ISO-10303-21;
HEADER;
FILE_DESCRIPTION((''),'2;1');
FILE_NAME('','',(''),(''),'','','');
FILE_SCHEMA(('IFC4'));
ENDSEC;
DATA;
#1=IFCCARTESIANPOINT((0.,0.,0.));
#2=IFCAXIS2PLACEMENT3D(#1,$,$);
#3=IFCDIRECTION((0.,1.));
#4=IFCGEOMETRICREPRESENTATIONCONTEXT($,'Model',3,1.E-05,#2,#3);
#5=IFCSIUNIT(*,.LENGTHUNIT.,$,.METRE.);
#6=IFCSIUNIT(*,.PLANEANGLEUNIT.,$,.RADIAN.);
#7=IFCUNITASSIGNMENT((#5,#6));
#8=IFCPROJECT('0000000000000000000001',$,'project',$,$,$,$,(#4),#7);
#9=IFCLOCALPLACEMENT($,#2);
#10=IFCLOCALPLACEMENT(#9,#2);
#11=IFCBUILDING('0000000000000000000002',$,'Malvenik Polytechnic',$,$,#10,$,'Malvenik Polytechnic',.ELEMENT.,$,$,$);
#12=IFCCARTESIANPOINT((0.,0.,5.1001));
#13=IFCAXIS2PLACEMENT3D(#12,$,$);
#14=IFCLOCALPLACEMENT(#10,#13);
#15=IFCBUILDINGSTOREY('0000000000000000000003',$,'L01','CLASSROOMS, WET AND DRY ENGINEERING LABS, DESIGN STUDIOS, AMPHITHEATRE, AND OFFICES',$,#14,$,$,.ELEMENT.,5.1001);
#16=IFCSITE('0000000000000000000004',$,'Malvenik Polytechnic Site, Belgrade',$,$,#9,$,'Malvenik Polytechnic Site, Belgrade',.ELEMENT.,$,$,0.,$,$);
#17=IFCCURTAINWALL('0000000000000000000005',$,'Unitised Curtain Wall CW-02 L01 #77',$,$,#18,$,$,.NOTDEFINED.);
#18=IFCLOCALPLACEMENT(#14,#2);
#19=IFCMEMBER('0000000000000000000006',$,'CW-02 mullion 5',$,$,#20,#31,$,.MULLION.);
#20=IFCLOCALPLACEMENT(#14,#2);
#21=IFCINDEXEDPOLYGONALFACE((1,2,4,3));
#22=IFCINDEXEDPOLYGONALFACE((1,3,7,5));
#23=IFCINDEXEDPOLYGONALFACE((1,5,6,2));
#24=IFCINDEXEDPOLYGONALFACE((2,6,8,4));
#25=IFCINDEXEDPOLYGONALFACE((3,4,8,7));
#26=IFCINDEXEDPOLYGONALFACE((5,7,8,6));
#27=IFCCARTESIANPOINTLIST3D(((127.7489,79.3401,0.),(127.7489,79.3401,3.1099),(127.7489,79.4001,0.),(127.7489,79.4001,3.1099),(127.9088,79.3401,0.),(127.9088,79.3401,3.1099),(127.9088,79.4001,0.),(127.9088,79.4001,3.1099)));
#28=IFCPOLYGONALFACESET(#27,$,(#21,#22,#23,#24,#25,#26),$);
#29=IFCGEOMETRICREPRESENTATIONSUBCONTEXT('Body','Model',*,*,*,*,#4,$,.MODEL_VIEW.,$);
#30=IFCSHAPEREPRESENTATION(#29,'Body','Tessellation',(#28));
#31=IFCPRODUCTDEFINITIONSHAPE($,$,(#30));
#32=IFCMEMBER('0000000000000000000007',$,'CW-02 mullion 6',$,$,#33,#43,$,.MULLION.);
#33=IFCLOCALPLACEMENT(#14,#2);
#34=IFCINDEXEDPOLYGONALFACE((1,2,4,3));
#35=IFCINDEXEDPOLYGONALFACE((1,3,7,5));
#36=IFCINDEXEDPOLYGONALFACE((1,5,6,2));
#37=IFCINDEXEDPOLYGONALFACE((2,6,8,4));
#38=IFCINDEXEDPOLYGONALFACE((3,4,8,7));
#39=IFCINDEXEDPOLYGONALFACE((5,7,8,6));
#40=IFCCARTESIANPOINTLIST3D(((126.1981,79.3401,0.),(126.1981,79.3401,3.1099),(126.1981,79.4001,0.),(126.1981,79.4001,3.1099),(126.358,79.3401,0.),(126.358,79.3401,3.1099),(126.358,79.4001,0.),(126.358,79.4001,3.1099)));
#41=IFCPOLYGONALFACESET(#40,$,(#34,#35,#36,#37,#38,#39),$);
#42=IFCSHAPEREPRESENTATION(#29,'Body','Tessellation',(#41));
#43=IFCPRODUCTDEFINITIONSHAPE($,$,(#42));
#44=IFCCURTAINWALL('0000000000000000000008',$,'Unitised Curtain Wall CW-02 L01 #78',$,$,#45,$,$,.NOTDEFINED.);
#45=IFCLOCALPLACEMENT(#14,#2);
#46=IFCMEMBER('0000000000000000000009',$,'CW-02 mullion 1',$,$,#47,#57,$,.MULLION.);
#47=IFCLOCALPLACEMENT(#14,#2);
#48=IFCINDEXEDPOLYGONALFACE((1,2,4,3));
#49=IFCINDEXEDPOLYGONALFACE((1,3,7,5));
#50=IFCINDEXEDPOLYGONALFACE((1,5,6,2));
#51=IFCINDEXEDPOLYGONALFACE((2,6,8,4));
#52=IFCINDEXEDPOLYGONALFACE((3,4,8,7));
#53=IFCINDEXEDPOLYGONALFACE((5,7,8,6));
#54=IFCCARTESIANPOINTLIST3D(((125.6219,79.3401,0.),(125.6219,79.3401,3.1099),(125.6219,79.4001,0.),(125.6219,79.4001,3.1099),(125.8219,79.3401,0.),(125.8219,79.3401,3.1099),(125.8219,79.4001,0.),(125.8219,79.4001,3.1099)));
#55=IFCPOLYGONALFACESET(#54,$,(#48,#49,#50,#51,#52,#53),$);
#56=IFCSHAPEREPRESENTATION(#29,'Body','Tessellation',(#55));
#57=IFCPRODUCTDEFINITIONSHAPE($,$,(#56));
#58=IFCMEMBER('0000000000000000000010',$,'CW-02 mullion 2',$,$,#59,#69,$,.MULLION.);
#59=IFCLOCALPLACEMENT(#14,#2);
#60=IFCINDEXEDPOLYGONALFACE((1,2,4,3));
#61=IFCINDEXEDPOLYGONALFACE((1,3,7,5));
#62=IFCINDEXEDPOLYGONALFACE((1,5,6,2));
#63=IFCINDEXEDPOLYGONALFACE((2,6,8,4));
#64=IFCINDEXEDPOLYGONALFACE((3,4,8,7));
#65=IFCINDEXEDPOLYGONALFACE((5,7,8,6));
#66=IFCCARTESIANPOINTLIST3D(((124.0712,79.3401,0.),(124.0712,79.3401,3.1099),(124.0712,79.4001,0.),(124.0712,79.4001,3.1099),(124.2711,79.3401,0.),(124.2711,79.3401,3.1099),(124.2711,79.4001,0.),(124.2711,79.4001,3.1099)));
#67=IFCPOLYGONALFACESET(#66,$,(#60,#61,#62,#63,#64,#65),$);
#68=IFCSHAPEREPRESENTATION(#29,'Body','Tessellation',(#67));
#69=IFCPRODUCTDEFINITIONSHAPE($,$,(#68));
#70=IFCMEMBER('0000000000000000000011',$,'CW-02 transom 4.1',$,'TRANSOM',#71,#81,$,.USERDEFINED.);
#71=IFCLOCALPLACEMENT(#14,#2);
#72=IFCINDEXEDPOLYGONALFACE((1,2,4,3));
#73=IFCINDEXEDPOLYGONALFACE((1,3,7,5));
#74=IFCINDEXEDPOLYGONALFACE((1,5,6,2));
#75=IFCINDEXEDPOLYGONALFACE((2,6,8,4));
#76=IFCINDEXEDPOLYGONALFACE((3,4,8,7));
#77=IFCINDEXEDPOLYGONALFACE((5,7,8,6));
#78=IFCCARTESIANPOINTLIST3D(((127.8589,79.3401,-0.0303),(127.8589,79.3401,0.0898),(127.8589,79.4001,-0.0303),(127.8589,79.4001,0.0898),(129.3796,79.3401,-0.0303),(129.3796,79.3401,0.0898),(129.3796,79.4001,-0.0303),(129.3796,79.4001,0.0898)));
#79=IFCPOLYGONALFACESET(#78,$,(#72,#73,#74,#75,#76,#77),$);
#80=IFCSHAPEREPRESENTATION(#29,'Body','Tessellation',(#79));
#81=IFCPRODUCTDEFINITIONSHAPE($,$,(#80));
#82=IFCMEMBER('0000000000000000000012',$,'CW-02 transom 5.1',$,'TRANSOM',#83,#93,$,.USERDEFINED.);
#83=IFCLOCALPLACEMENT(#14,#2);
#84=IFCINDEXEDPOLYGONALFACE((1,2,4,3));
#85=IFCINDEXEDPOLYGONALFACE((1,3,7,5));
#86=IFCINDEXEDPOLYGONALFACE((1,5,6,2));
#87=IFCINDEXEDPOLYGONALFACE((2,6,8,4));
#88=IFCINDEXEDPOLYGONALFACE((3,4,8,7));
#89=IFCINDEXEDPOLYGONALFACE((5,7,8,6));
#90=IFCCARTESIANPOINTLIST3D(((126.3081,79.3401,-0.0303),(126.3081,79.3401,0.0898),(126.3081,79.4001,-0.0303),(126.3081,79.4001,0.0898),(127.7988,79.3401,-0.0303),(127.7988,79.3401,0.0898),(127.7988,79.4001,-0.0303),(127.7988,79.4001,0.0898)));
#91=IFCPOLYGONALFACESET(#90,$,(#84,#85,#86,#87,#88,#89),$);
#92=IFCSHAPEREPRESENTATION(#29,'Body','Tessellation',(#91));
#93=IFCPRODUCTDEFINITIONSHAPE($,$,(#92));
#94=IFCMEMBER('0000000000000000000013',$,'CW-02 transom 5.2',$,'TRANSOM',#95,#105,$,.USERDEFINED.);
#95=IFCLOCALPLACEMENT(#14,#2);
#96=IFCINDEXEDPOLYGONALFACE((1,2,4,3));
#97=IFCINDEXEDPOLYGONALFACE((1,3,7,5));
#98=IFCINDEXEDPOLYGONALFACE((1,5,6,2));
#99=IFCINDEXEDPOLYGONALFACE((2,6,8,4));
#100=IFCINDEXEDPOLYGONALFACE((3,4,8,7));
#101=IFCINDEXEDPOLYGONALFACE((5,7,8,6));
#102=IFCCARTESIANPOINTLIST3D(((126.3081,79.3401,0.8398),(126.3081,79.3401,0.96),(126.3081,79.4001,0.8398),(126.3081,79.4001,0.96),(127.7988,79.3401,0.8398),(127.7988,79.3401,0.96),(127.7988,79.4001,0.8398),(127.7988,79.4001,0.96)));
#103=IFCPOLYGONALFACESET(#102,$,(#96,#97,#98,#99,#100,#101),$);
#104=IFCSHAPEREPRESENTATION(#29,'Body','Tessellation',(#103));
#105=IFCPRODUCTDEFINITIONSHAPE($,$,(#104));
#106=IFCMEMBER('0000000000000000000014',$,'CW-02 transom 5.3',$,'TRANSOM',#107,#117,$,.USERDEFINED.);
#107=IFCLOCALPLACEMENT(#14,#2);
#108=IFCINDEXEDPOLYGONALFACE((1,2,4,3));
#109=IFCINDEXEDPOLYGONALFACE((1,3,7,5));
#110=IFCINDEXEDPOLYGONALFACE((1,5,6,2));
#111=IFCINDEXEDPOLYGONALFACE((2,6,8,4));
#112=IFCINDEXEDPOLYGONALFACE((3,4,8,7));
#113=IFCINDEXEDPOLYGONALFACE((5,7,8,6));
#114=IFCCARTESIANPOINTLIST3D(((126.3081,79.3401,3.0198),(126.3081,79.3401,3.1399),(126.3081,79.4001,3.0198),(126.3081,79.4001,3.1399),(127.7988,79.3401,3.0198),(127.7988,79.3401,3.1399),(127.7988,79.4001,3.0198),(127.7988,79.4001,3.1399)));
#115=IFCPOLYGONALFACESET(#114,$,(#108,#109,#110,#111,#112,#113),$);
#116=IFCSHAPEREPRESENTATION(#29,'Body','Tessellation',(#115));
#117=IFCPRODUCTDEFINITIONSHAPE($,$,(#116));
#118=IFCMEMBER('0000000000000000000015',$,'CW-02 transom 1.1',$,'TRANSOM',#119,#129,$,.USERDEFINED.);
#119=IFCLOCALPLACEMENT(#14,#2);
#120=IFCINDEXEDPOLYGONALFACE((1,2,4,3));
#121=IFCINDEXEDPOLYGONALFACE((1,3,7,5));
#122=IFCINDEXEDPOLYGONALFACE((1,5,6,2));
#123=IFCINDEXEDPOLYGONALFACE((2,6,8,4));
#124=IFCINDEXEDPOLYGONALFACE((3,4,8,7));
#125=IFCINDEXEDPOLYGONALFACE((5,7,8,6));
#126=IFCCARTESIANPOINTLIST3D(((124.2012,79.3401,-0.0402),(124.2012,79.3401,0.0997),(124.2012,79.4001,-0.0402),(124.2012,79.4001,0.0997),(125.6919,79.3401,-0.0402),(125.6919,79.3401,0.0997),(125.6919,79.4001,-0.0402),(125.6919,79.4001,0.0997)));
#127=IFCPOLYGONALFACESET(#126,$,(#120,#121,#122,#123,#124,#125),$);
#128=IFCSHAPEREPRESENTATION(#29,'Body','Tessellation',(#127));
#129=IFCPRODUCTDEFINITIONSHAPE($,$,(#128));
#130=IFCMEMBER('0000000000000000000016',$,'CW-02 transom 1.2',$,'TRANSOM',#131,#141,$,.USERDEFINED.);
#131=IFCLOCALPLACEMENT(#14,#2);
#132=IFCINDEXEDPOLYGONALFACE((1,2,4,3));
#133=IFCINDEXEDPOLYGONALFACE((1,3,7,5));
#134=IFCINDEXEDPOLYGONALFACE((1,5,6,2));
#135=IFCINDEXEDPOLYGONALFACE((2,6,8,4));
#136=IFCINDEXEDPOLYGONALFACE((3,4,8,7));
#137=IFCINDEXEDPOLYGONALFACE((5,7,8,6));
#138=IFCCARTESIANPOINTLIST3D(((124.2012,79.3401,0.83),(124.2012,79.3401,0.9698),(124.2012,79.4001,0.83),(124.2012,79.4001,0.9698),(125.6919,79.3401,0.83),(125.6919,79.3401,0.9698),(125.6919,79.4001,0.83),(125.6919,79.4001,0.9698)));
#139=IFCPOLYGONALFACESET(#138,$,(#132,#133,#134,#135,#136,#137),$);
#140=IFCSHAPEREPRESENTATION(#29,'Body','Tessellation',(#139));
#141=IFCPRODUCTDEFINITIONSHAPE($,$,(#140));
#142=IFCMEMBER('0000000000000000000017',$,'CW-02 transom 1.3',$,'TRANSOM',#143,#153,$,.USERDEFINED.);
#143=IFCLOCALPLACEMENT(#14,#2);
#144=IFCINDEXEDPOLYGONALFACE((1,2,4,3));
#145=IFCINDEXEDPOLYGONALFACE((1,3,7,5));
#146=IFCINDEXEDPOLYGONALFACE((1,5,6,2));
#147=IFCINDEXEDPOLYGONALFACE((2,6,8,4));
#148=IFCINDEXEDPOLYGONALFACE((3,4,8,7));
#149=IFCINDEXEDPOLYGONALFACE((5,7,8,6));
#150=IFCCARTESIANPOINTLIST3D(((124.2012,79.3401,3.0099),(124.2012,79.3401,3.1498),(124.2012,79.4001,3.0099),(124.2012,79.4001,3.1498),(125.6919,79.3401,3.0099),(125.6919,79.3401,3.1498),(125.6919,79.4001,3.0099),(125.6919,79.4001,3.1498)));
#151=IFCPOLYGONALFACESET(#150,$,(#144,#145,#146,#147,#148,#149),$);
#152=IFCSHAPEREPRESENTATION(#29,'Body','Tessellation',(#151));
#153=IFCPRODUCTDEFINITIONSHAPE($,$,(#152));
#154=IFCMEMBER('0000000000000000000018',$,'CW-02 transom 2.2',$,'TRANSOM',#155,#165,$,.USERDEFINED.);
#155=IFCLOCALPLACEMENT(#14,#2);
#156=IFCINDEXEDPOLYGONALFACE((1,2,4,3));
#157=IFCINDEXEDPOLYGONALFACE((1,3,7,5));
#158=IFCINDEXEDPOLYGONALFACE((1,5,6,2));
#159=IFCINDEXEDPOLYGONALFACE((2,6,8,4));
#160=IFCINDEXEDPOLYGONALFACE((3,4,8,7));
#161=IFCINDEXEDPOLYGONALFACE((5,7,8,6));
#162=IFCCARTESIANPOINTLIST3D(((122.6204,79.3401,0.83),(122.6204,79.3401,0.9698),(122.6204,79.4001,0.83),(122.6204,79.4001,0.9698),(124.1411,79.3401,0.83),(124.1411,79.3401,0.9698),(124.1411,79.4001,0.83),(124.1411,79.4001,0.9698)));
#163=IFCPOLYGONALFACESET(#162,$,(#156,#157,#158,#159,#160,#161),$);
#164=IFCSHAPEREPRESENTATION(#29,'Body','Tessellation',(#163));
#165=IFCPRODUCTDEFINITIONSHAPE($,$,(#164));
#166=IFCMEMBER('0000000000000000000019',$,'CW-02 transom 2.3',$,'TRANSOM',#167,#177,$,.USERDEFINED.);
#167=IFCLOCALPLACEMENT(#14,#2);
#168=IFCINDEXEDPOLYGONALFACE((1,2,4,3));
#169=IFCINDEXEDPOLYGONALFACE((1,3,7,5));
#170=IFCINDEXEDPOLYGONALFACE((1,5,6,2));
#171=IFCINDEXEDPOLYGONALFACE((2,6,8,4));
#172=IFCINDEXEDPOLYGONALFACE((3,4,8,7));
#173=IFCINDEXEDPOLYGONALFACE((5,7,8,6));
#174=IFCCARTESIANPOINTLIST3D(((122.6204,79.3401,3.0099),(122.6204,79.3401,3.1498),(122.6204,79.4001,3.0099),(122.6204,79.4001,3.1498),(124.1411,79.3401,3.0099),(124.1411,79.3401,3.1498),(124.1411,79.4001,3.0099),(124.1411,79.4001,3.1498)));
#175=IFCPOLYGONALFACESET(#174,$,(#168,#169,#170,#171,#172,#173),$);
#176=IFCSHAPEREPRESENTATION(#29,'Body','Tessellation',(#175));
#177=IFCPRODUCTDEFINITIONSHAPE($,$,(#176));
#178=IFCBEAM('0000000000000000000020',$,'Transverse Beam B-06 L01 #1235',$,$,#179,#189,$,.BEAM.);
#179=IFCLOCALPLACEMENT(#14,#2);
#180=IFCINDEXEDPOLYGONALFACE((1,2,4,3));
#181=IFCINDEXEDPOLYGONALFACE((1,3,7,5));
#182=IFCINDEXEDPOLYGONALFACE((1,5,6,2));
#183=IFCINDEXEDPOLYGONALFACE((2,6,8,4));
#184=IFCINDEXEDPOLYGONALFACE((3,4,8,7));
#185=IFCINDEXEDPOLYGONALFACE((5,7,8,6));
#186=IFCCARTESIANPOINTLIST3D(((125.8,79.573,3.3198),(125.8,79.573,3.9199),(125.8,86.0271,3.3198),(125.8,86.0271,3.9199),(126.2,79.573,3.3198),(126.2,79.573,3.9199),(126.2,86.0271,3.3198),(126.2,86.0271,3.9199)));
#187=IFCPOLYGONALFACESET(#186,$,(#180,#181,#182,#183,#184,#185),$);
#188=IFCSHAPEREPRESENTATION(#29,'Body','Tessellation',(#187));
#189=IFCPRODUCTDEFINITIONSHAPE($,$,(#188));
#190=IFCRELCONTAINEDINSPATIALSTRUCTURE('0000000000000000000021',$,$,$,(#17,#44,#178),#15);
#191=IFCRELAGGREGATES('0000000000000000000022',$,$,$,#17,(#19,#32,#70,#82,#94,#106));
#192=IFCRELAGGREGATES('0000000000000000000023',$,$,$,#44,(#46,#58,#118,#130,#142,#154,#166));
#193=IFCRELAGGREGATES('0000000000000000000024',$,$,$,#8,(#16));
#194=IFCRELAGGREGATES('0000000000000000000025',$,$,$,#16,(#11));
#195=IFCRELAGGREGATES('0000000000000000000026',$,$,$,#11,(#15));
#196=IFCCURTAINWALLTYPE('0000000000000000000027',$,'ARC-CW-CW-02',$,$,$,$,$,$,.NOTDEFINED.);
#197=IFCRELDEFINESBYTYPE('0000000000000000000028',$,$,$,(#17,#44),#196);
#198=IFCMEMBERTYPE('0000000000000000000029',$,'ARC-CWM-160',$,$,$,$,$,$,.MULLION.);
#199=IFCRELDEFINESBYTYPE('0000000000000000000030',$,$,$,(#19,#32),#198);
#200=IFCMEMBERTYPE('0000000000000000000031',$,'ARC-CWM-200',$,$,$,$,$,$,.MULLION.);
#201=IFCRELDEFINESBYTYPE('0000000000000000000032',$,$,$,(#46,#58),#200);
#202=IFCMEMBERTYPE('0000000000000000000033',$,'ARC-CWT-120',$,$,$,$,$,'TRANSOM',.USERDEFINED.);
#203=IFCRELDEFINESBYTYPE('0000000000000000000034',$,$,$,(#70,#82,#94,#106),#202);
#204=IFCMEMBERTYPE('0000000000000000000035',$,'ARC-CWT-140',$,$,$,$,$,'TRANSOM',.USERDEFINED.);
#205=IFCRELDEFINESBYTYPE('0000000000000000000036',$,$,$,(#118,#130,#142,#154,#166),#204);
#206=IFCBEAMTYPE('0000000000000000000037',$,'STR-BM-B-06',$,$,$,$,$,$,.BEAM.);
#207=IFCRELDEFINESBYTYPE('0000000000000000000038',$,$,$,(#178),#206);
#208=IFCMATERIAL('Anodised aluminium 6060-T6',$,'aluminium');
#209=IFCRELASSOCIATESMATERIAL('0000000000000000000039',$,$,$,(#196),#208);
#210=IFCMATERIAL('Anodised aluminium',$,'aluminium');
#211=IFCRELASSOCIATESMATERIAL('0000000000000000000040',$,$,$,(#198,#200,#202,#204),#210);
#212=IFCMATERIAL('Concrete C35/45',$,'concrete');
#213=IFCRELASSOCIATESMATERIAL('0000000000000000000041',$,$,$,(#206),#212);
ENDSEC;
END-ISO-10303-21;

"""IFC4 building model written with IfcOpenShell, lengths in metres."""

from ifc_helpers import new_model, si_unit, direction, frame, origin, origin_2d, place, context, subcontext, project, spatial, rectangle, extrude, material, material_profile, profile_set, type_object, element, aggregate, save


model = new_model("IFC4")

# Units and contexts
model_context = context("Model", 3, precision=1e-05, world=origin(), true_north=direction((0.0, 1.0)))
body_context = subcontext(model_context, "Body", "Model", "MODEL_VIEW")
ifc_project = project(units=[si_unit("LENGTHUNIT", "METRE"), si_unit("PLANEANGLEUNIT", "RADIAN")], contexts=[model_context])

# Site, building, storey
site_placement = place(None, origin())
site = spatial("IfcSite", under=ifc_project, at=site_placement, Name="Malvenik Polytechnic Site, Belgrade", LongName="Malvenik Polytechnic Site, Belgrade", CompositionType="ELEMENT", RefElevation=0.0)
building_placement = place(site_placement, origin())
building = spatial("IfcBuilding", under=site, at=building_placement, Name="Malvenik Polytechnic", LongName="Malvenik Polytechnic", CompositionType="ELEMENT")
storey_placement = place(building_placement, frame((0.0, 0.0, 5.1001)))
storey = spatial("IfcBuildingStorey", under=building, at=storey_placement, Name="L01", Description="CLASSROOMS, WET AND DRY ENGINEERING LABS, DESIGN STUDIOS, AMPHITHEATRE, AND OFFICES", CompositionType="ELEMENT", Elevation=5.1001)

# Curtain walls, members
ifc_material_1 = material(Name="Anodised aluminium 6060-T6", Category="aluminium")
curtain_wall_type = type_object("IfcCurtainWallType", Name="ARC-CW-CW-02", PredefinedType="NOTDEFINED", material=ifc_material_1)
curtain_wall_1_placement = place(storey_placement, origin())
curtain_wall_1 = element("IfcCurtainWall", 1, at=curtain_wall_1_placement, inside=storey, type_object=curtain_wall_type, Name="Unitised Curtain Wall CW-02 L01 #77", PredefinedType="NOTDEFINED")
ifc_material_2 = material(Name="Anodised aluminium", Category="aluminium")
ifc_material_profile_1 = material_profile(ifc_material_2, rectangle(XDim=0.0601, YDim=0.1599, at=origin_2d()), Name="ALU MULLION 60x160")
ifc_profile_set_1 = profile_set([ifc_material_profile_1], Name="Anodised aluminium")
member_type_1 = type_object("IfcMemberType", Name="ARC-CWM-160", PredefinedType="MULLION", material=ifc_profile_set_1)
member_1_placement = place(storey_placement, frame((127.8289, 79.3701, 0.0), z_axis=(0.0, 0.0, 1.0), x_axis=(0.0, -1.0, 0.0)))
member_1 = element("IfcMember", 2, at=member_1_placement, type_object=member_type_1, Name="CW-02 mullion 5", PredefinedType="MULLION", context=body_context, shape_type="SweptSolid", body=[
    extrude(rectangle(XDim=0.0601, YDim=0.1599, at=origin_2d()), origin(), (0.0, 0.0, 1.0), 3.1099),
])
member_2_placement = place(storey_placement, frame((126.2781, 79.3701, 0.0), z_axis=(0.0, 0.0, 1.0), x_axis=(0.0, -1.0, 0.0)))
member_2 = element("IfcMember", 3, at=member_2_placement, type_object=member_type_1, Name="CW-02 mullion 6", PredefinedType="MULLION", context=body_context, shape_type="SweptSolid", body=[
    extrude(rectangle(XDim=0.0601, YDim=0.1599, at=origin_2d()), origin(), (0.0, 0.0, 1.0), 3.1099),
])
curtain_wall_2_placement = place(storey_placement, origin())
curtain_wall_2 = element("IfcCurtainWall", 4, at=curtain_wall_2_placement, inside=storey, type_object=curtain_wall_type, Name="Unitised Curtain Wall CW-02 L01 #78", PredefinedType="NOTDEFINED")
ifc_material_profile_2 = material_profile(ifc_material_2, rectangle(XDim=0.0601, YDim=0.2, at=origin_2d()), Name="ALU MULLION 60x200")
ifc_profile_set_2 = profile_set([ifc_material_profile_2], Name="Anodised aluminium")
member_type_2 = type_object("IfcMemberType", Name="ARC-CWM-200", PredefinedType="MULLION", material=ifc_profile_set_2)
member_3_placement = place(storey_placement, frame((125.7219, 79.3701, 0.0), z_axis=(0.0, 0.0, 1.0), x_axis=(0.0, -1.0, 0.0)))
member_3 = element("IfcMember", 5, at=member_3_placement, type_object=member_type_2, Name="CW-02 mullion 1", PredefinedType="MULLION", context=body_context, shape_type="SweptSolid", body=[
    extrude(rectangle(XDim=0.0601, YDim=0.2, at=origin_2d()), origin(), (0.0, 0.0, 1.0), 3.1099),
])
member_4_placement = place(storey_placement, frame((124.1711, 79.3701, 0.0), z_axis=(0.0, 0.0, 1.0), x_axis=(0.0, -1.0, 0.0)))
member_4 = element("IfcMember", 6, at=member_4_placement, type_object=member_type_2, Name="CW-02 mullion 2", PredefinedType="MULLION", context=body_context, shape_type="SweptSolid", body=[
    extrude(rectangle(XDim=0.0601, YDim=0.2, at=origin_2d()), origin(), (0.0, 0.0, 1.0), 3.1099),
])

# Members
ifc_material_profile_3 = material_profile(ifc_material_2, rectangle(XDim=0.0601, YDim=0.1201, at=origin_2d()), Name="ALU TRANSOM 60x120")
ifc_profile_set_3 = profile_set([ifc_material_profile_3], Name="Anodised aluminium")
member_type_3 = type_object("IfcMemberType", Name="ARC-CWT-120", ElementType="TRANSOM", PredefinedType="USERDEFINED", material=ifc_profile_set_3)
member_5_placement = place(storey_placement, frame((129.3796, 79.3701, 0.0298), z_axis=(-1.0, 0.0, 0.0), x_axis=(0.0, -1.0, 0.0)))
member_5 = element("IfcMember", 7, at=member_5_placement, type_object=member_type_3, Name="CW-02 transom 4.1", ObjectType="TRANSOM", PredefinedType="USERDEFINED", context=body_context, shape_type="SweptSolid", body=[
    extrude(rectangle(XDim=0.0601, YDim=0.1201, at=origin_2d()), origin(), (0.0, 0.0, 1.0), 1.5208),
])
member_6_placement = place(storey_placement, frame((127.7988, 79.3701, 0.0298), z_axis=(-1.0, 0.0, 0.0), x_axis=(0.0, -1.0, 0.0)))
member_6 = element("IfcMember", 8, at=member_6_placement, type_object=member_type_3, Name="CW-02 transom 5.1", ObjectType="TRANSOM", PredefinedType="USERDEFINED", context=body_context, shape_type="SweptSolid", body=[
    extrude(rectangle(XDim=0.0601, YDim=0.1201, at=origin_2d()), origin(), (0.0, 0.0, 1.0), 1.4907),
])
member_7_placement = place(storey_placement, frame((127.7988, 79.3701, 0.8999), z_axis=(-1.0, 0.0, 0.0), x_axis=(0.0, -1.0, 0.0)))
member_7 = element("IfcMember", 9, at=member_7_placement, type_object=member_type_3, Name="CW-02 transom 5.2", ObjectType="TRANSOM", PredefinedType="USERDEFINED", context=body_context, shape_type="SweptSolid", body=[
    extrude(rectangle(XDim=0.0601, YDim=0.1201, at=origin_2d()), origin(), (0.0, 0.0, 1.0), 1.4907),
])
member_8_placement = place(storey_placement, frame((127.7988, 79.3701, 3.0798), z_axis=(-1.0, 0.0, 0.0), x_axis=(0.0, -1.0, 0.0)))
member_8 = element("IfcMember", 10, at=member_8_placement, type_object=member_type_3, Name="CW-02 transom 5.3", ObjectType="TRANSOM", PredefinedType="USERDEFINED", context=body_context, shape_type="SweptSolid", body=[
    extrude(rectangle(XDim=0.0601, YDim=0.1201, at=origin_2d()), origin(), (0.0, 0.0, 1.0), 1.4907),
])
ifc_material_profile_4 = material_profile(ifc_material_2, rectangle(XDim=0.0601, YDim=0.1399, at=origin_2d()), Name="ALU TRANSOM 60x140")
ifc_profile_set_4 = profile_set([ifc_material_profile_4], Name="Anodised aluminium")
member_type_4 = type_object("IfcMemberType", Name="ARC-CWT-140", ElementType="TRANSOM", PredefinedType="USERDEFINED", material=ifc_profile_set_4)
member_9_placement = place(storey_placement, frame((125.6919, 79.3701, 0.0298), z_axis=(-1.0, 0.0, 0.0), x_axis=(0.0, -1.0, 0.0)))
member_9 = element("IfcMember", 11, at=member_9_placement, type_object=member_type_4, Name="CW-02 transom 1.1", ObjectType="TRANSOM", PredefinedType="USERDEFINED", context=body_context, shape_type="SweptSolid", body=[
    extrude(rectangle(XDim=0.0601, YDim=0.1399, at=origin_2d()), origin(), (0.0, 0.0, 1.0), 1.4907),
])
member_10_placement = place(storey_placement, frame((125.6919, 79.3701, 0.8999), z_axis=(-1.0, 0.0, 0.0), x_axis=(0.0, -1.0, 0.0)))
member_10 = element("IfcMember", 12, at=member_10_placement, type_object=member_type_4, Name="CW-02 transom 1.2", ObjectType="TRANSOM", PredefinedType="USERDEFINED", context=body_context, shape_type="SweptSolid", body=[
    extrude(rectangle(XDim=0.0601, YDim=0.1399, at=origin_2d()), origin(), (0.0, 0.0, 1.0), 1.4907),
])
member_11_placement = place(storey_placement, frame((125.6919, 79.3701, 3.0798), z_axis=(-1.0, 0.0, 0.0), x_axis=(0.0, -1.0, 0.0)))
member_11 = element("IfcMember", 13, at=member_11_placement, type_object=member_type_4, Name="CW-02 transom 1.3", ObjectType="TRANSOM", PredefinedType="USERDEFINED", context=body_context, shape_type="SweptSolid", body=[
    extrude(rectangle(XDim=0.0601, YDim=0.1399, at=origin_2d()), origin(), (0.0, 0.0, 1.0), 1.4907),
])
member_12_placement = place(storey_placement, frame((124.1411, 79.3701, 0.8999), z_axis=(-1.0, 0.0, 0.0), x_axis=(0.0, -1.0, 0.0)))
member_12 = element("IfcMember", 14, at=member_12_placement, type_object=member_type_4, Name="CW-02 transom 2.2", ObjectType="TRANSOM", PredefinedType="USERDEFINED", context=body_context, shape_type="SweptSolid", body=[
    extrude(rectangle(XDim=0.0601, YDim=0.1399, at=origin_2d()), origin(), (0.0, 0.0, 1.0), 1.5208),
])
member_13_placement = place(storey_placement, frame((124.1411, 79.3701, 3.0798), z_axis=(-1.0, 0.0, 0.0), x_axis=(0.0, -1.0, 0.0)))
member_13 = element("IfcMember", 15, at=member_13_placement, type_object=member_type_4, Name="CW-02 transom 2.3", ObjectType="TRANSOM", PredefinedType="USERDEFINED", context=body_context, shape_type="SweptSolid", body=[
    extrude(rectangle(XDim=0.0601, YDim=0.1399, at=origin_2d()), origin(), (0.0, 0.0, 1.0), 1.5208),
])

# Beam
ifc_material_3 = material(Name="Concrete C35/45", Category="concrete")
ifc_material_profile_5 = material_profile(ifc_material_3, rectangle(XDim=0.3999, YDim=0.6001, at=origin_2d()), Name="RC BM 400x600")
ifc_profile_set_5 = profile_set([ifc_material_profile_5], Name="Concrete C35/45")
beam_type_1 = type_object("IfcBeamType", Name="STR-BM-B-06", PredefinedType="BEAM", material=ifc_profile_set_5)
beam_1_placement = place(storey_placement, frame((126.0, 79.573, 3.6199), z_axis=(0.0, 1.0, 0.0), x_axis=(-1.0, 0.0, 0.0)))
element("IfcBeam", 16, at=beam_1_placement, inside=storey, type_object=beam_type_1, Name="Transverse Beam B-06 L01 #1235", PredefinedType="BEAM", context=body_context, shape_type="SweptSolid", body=[
    extrude(rectangle(XDim=0.3999, YDim=0.6001, at=origin_2d()), origin(), (0.0, 0.0, 1.0), 6.4541),
])

aggregate(curtain_wall_1, [member_1, member_2, member_5, member_6, member_7, member_8])
aggregate(curtain_wall_2, [member_3, member_4, member_9, member_10, member_11, member_12, member_13])

save(model, "model.ifc")
